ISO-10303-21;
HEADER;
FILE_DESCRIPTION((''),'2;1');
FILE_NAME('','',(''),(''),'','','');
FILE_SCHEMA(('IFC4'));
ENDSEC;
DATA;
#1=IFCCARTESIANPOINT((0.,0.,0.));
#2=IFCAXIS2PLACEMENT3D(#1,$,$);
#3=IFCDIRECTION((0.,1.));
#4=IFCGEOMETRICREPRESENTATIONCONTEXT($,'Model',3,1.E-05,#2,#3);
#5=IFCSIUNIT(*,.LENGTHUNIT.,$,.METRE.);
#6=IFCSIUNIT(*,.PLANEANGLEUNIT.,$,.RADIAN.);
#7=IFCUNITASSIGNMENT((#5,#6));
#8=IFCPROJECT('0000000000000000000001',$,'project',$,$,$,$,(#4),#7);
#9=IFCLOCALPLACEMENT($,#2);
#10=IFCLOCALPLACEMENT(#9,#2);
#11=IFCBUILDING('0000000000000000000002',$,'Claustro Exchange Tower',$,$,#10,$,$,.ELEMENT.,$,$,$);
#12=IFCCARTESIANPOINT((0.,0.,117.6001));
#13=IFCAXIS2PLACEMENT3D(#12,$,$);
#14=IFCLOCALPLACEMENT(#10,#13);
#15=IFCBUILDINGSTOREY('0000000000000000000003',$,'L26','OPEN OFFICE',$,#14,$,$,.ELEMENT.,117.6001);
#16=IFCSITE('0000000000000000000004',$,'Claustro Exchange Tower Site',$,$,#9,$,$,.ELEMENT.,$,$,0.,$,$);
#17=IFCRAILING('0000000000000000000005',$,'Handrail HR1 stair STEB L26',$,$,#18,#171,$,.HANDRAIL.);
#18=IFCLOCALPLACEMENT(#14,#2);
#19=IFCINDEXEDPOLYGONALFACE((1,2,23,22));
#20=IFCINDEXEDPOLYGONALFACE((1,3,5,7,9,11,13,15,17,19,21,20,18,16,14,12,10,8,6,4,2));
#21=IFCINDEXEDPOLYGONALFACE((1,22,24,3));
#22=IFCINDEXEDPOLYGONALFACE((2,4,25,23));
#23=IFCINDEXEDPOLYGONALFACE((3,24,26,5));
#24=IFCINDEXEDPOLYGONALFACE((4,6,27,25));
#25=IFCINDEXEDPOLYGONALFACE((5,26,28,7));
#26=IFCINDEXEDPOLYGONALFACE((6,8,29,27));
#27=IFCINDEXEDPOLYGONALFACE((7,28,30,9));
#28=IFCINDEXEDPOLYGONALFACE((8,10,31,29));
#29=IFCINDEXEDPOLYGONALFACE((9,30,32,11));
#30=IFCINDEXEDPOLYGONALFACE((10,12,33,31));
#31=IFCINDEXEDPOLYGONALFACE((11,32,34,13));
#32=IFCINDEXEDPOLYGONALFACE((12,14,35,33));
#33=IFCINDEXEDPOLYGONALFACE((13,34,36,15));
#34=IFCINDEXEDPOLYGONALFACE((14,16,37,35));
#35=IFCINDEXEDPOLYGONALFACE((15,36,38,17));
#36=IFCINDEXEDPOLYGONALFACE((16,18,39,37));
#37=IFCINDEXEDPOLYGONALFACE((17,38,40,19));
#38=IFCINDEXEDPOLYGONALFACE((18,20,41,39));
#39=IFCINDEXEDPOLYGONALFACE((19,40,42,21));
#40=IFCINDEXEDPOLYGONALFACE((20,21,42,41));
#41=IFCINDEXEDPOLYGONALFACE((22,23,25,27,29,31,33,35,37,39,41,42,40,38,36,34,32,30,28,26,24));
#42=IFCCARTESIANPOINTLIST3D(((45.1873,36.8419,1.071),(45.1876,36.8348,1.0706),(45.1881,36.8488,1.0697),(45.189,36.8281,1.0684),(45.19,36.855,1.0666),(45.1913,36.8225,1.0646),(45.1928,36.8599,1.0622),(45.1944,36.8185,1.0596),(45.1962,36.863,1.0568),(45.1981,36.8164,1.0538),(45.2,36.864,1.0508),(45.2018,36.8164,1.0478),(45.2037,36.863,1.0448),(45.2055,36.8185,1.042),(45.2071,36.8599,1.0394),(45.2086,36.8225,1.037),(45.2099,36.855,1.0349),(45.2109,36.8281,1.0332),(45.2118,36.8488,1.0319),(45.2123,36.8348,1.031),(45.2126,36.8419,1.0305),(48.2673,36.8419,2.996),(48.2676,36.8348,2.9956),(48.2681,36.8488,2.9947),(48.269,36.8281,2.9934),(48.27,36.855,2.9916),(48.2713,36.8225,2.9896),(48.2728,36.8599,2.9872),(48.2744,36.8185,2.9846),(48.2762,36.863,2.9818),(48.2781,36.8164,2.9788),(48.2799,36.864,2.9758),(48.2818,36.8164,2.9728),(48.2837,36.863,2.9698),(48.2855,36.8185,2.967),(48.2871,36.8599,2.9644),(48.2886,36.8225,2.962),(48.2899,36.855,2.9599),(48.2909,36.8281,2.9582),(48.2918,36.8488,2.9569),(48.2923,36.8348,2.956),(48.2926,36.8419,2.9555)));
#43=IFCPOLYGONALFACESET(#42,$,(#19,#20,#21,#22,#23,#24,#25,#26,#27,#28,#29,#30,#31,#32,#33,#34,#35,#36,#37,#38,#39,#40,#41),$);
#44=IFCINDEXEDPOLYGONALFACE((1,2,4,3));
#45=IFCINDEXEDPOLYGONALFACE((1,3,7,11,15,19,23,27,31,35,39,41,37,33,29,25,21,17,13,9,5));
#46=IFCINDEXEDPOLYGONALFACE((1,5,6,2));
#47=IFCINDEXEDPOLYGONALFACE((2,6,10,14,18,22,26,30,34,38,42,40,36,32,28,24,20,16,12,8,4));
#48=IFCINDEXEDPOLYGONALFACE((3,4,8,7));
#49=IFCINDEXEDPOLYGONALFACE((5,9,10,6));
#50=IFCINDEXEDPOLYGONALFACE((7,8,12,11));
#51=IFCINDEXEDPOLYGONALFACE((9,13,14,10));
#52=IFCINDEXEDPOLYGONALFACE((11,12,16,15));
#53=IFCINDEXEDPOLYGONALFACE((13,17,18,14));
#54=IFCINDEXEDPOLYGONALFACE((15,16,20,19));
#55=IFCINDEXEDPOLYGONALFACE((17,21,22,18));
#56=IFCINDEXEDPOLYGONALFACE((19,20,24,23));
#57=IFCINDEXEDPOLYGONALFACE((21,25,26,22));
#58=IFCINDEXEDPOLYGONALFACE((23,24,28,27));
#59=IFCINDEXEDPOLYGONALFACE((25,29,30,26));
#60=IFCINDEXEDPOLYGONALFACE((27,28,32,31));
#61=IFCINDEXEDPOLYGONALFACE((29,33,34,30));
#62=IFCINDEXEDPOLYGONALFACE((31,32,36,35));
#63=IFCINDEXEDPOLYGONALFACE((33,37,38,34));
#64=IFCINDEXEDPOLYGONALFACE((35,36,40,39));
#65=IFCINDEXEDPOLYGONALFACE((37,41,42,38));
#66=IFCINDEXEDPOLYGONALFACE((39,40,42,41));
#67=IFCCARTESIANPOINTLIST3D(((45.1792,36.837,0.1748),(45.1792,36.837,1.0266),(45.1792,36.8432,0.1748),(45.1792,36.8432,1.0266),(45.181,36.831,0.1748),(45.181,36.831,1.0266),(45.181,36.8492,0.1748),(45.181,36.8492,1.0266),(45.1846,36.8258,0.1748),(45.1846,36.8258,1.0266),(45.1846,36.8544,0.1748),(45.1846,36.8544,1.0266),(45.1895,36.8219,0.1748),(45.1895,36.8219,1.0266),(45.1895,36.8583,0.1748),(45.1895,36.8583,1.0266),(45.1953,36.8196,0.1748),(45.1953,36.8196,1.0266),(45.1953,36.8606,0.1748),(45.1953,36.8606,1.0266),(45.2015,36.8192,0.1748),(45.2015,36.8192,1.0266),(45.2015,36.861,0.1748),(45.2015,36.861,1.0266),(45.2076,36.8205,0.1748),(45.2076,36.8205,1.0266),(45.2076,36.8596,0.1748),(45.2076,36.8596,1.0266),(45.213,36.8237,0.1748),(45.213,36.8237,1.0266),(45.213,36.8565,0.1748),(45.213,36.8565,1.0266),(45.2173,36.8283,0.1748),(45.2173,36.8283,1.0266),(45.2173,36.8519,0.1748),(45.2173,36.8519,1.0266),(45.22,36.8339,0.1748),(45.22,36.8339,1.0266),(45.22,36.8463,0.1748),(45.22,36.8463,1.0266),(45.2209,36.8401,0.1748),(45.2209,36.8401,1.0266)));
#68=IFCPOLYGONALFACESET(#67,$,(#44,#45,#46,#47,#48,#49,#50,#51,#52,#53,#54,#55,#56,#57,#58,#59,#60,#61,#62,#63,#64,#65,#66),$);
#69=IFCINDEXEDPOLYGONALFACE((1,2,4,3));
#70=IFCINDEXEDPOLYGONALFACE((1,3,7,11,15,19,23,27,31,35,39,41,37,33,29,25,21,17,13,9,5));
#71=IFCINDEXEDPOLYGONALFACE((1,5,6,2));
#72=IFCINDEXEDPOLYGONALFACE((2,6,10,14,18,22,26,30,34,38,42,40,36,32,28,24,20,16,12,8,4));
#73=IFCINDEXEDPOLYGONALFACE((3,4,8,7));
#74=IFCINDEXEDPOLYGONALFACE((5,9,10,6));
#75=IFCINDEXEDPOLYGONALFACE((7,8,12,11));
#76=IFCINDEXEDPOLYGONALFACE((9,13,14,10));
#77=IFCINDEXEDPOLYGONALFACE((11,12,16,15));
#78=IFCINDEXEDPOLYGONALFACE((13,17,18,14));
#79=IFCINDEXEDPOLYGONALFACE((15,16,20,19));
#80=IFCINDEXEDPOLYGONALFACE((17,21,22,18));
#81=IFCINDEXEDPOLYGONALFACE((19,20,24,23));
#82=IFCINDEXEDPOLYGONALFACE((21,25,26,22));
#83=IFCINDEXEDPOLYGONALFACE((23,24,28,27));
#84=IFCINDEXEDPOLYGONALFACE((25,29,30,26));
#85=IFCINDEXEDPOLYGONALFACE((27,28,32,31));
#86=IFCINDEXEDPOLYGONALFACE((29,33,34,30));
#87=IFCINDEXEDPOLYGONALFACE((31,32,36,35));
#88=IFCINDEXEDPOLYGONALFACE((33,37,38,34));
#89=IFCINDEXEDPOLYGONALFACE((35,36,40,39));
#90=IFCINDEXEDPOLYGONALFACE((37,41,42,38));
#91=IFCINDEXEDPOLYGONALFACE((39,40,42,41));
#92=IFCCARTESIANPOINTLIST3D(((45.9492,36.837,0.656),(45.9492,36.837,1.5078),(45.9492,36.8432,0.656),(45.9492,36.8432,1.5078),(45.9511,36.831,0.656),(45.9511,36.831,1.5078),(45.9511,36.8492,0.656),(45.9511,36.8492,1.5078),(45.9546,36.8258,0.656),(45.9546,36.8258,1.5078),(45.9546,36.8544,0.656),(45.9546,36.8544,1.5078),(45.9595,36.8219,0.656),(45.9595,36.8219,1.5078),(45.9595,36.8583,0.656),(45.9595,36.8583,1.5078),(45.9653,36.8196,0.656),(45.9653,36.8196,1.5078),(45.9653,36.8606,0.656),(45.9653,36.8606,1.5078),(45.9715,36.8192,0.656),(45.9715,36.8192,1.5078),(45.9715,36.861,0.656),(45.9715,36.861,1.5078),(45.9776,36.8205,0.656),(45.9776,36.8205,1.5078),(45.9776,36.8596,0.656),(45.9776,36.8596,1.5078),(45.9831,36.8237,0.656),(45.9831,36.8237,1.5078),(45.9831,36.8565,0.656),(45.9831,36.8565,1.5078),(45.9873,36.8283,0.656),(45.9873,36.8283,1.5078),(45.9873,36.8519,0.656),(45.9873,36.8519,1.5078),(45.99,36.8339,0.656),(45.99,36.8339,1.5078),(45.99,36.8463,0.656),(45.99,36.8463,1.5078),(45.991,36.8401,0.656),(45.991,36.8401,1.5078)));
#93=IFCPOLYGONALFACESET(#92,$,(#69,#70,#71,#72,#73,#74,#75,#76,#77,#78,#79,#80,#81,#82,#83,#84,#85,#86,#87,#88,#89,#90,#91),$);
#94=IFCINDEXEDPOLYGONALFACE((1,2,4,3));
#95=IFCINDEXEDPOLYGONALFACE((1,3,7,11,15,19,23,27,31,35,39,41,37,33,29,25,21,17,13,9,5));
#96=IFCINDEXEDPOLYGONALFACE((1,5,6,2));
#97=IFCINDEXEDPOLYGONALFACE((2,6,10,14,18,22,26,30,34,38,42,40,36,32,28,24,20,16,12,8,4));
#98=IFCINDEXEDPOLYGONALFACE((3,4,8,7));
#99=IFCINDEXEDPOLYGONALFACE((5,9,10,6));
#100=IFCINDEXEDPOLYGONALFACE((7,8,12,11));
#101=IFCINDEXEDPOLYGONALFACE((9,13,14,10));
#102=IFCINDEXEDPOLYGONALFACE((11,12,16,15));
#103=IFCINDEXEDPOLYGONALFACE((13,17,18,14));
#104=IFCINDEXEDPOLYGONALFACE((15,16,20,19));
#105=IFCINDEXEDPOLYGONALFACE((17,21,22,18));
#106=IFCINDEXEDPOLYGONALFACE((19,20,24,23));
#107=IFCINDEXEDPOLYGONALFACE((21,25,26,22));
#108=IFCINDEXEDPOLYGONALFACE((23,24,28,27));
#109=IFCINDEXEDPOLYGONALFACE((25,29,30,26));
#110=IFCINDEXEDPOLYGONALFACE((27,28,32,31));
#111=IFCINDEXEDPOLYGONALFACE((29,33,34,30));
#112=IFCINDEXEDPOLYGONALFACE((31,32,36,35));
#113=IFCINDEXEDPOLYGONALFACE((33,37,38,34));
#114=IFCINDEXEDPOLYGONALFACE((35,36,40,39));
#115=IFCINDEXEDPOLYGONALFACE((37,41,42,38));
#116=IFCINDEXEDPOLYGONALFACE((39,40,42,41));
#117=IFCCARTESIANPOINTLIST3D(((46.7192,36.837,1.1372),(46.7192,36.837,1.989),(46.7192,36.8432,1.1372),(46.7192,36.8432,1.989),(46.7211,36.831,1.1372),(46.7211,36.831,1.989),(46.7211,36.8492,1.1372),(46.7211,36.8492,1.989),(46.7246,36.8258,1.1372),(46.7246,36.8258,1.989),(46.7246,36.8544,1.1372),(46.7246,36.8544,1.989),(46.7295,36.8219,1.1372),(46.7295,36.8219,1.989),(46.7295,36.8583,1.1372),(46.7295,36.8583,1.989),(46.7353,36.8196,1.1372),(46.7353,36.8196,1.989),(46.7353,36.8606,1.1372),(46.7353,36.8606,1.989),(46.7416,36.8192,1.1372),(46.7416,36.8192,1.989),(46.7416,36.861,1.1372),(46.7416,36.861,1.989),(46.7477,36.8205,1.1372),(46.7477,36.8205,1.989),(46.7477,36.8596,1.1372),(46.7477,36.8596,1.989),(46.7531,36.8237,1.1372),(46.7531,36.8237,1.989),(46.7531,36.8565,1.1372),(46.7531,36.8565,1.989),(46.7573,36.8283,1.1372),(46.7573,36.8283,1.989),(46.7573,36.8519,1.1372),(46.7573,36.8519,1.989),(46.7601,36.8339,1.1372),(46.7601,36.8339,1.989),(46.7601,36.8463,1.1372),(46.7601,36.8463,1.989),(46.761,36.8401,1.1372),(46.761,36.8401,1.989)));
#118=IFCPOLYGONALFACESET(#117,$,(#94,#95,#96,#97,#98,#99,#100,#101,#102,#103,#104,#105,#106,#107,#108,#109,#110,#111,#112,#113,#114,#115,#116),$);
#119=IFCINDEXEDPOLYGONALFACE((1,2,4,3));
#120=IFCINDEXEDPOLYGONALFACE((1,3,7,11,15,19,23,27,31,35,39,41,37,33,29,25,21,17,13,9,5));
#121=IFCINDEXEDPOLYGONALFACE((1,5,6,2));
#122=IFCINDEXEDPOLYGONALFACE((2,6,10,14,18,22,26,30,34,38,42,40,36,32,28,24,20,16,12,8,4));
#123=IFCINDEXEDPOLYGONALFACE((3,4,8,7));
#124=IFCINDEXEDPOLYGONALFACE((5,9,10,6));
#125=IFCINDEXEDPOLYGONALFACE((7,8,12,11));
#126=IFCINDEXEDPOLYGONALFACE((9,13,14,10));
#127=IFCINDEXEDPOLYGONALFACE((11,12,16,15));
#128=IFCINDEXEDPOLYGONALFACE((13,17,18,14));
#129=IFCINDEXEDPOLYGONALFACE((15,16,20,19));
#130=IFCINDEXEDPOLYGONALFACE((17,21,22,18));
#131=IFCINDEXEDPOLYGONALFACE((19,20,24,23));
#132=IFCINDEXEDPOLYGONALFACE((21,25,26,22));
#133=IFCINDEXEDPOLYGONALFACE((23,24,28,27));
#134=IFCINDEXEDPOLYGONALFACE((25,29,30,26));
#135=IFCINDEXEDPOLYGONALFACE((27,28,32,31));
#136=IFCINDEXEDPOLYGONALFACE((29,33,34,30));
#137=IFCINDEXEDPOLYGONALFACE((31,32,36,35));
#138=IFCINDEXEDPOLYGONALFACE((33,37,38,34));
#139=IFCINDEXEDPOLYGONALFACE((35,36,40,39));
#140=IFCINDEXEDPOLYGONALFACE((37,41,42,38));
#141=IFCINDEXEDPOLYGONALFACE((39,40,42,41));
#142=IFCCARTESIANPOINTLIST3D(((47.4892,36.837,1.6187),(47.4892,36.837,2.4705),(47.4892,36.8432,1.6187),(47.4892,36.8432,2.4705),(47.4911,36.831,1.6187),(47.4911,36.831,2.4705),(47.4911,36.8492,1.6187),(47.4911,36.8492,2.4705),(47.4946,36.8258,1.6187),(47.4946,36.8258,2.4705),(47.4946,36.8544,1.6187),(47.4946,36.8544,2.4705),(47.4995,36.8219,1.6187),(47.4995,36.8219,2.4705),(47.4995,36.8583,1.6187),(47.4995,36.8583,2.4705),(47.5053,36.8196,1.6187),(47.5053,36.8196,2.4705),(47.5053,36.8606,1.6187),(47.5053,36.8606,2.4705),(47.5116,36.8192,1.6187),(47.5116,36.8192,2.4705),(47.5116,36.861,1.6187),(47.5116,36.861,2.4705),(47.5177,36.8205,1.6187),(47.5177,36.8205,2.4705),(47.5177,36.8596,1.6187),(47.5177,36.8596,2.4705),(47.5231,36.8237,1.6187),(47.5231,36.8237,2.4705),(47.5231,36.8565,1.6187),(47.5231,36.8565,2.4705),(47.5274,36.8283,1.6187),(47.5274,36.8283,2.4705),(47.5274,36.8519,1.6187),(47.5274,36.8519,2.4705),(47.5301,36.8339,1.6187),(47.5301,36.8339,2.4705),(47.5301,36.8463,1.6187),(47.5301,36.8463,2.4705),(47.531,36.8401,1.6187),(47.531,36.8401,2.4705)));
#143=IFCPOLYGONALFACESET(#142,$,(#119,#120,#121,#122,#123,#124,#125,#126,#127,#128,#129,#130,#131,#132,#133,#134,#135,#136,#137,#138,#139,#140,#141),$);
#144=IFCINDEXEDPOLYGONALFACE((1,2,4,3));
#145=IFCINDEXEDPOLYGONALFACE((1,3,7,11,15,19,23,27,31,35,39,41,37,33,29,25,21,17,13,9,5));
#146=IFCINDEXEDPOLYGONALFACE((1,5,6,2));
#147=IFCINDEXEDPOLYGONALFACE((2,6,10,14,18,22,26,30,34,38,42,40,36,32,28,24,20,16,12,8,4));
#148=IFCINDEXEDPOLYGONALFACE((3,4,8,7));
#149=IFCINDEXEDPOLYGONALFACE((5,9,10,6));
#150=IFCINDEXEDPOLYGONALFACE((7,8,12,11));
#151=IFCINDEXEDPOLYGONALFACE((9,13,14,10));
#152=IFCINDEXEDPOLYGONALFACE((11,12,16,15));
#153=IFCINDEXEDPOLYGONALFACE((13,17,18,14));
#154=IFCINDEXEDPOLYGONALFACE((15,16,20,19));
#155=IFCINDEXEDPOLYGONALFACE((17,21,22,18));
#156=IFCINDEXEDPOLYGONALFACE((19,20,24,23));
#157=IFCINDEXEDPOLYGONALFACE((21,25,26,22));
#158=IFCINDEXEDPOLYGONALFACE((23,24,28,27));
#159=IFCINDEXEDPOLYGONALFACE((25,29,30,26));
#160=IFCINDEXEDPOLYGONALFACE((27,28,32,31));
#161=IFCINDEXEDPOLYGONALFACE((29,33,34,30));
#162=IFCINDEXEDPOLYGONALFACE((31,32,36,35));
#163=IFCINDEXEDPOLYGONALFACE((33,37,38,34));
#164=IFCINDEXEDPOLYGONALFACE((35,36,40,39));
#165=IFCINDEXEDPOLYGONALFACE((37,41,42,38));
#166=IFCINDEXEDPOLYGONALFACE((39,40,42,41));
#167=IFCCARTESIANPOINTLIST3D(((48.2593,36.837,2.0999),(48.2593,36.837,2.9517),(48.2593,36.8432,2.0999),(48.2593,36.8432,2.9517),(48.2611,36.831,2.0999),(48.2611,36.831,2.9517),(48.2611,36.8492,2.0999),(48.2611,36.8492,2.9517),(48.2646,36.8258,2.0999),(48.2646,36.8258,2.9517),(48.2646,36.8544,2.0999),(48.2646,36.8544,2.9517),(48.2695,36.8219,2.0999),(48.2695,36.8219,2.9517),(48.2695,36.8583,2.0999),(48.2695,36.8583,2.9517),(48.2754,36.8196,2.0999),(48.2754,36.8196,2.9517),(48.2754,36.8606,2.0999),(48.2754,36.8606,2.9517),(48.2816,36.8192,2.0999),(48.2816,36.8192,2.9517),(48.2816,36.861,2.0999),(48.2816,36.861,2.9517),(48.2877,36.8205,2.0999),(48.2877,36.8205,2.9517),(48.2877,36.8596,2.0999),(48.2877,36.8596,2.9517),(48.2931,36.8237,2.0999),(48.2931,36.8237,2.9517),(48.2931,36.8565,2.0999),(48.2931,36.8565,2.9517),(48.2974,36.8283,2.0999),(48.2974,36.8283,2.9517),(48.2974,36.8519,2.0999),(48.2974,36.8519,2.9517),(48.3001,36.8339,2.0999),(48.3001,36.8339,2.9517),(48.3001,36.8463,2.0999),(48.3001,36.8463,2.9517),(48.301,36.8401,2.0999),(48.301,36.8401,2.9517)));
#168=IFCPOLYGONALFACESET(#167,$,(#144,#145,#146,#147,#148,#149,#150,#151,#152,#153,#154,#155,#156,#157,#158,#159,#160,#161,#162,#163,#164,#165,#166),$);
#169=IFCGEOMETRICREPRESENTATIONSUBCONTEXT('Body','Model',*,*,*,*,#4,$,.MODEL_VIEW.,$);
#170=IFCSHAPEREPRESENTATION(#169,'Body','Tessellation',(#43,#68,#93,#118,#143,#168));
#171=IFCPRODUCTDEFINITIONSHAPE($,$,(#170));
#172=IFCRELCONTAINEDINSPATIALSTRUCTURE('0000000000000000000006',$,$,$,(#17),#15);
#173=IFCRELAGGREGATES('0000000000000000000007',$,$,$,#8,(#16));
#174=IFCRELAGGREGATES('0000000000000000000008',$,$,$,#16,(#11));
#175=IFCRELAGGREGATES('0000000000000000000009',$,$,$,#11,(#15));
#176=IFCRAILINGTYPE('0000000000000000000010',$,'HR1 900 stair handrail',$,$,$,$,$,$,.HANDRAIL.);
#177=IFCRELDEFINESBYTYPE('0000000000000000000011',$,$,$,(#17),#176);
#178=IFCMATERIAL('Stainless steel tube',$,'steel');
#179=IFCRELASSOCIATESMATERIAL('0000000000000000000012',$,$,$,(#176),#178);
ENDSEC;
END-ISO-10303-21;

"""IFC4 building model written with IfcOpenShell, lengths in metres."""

from ifc_helpers import new_model, si_unit, direction, frame, origin, origin_2d, place, context, subcontext, project, spatial, circle, extrude, material, type_object, element, save


model = new_model("IFC4")

# Units and contexts
model_context = context("Model", 3, precision=1e-05, world=origin(), true_north=direction((0.0, 1.0)))
body_context = subcontext(model_context, "Body", "Model", "MODEL_VIEW")
ifc_project = project(units=[si_unit("LENGTHUNIT", "METRE"), si_unit("PLANEANGLEUNIT", "RADIAN")], contexts=[model_context])

# Site, building, storey
site_placement = place(None, origin())
site = spatial("IfcSite", under=ifc_project, at=site_placement, Name="Claustro Exchange Tower Site", CompositionType="ELEMENT", RefElevation=0.0)
building_placement = place(site_placement, origin())
building = spatial("IfcBuilding", under=site, at=building_placement, Name="Claustro Exchange Tower", CompositionType="ELEMENT")
storey_placement = place(building_placement, frame((0.0, 0.0, 117.6001)))
storey = spatial("IfcBuildingStorey", under=building, at=storey_placement, Name="L26", Description="OPEN OFFICE", CompositionType="ELEMENT", Elevation=117.6001)

# Railing
ifc_material_1 = material(Name="Stainless steel tube", Category="steel")
railing_type_1 = type_object("IfcRailingType", Name="HR1 900 stair handrail", PredefinedType="HANDRAIL", material=ifc_material_1)
railing_1_placement = place(storey_placement, frame((45.2, 36.8401, 0.1748)))
element("IfcRailing", 1, at=railing_1_placement, inside=storey, type_object=railing_type_1, Name="Handrail HR1 stair STEB L26", PredefinedType="HANDRAIL", context=body_context, shape_type="SweptSolid", body=[
    extrude(circle(Radius=0.0239, at=origin_2d()), frame((0.0, 0.0, 0.876), z_axis=(0.847998, 0.0, 0.529999), x_axis=(0.0, 1.0, 0.0)), (0.0, 0.0, 1.0), 3.6321),
    extrude(circle(Radius=0.021, at=origin_2d()), origin(), (0.0, 0.0, 1.0), 0.8518),
    extrude(circle(Radius=0.021, at=origin_2d()), frame((0.77, 0.0, 0.4812)), (0.0, 0.0, 1.0), 0.8518),
    extrude(circle(Radius=0.021, at=origin_2d()), frame((1.54, 0.0, 0.9624)), (0.0, 0.0, 1.0), 0.8518),
    extrude(circle(Radius=0.021, at=origin_2d()), frame((2.3101, 0.0, 1.4438)), (0.0, 0.0, 1.0), 0.8518),
    extrude(circle(Radius=0.021, at=origin_2d()), frame((3.0801, 0.0, 1.925)), (0.0, 0.0, 1.0), 0.8518),
])

save(model, "model.ifc")
